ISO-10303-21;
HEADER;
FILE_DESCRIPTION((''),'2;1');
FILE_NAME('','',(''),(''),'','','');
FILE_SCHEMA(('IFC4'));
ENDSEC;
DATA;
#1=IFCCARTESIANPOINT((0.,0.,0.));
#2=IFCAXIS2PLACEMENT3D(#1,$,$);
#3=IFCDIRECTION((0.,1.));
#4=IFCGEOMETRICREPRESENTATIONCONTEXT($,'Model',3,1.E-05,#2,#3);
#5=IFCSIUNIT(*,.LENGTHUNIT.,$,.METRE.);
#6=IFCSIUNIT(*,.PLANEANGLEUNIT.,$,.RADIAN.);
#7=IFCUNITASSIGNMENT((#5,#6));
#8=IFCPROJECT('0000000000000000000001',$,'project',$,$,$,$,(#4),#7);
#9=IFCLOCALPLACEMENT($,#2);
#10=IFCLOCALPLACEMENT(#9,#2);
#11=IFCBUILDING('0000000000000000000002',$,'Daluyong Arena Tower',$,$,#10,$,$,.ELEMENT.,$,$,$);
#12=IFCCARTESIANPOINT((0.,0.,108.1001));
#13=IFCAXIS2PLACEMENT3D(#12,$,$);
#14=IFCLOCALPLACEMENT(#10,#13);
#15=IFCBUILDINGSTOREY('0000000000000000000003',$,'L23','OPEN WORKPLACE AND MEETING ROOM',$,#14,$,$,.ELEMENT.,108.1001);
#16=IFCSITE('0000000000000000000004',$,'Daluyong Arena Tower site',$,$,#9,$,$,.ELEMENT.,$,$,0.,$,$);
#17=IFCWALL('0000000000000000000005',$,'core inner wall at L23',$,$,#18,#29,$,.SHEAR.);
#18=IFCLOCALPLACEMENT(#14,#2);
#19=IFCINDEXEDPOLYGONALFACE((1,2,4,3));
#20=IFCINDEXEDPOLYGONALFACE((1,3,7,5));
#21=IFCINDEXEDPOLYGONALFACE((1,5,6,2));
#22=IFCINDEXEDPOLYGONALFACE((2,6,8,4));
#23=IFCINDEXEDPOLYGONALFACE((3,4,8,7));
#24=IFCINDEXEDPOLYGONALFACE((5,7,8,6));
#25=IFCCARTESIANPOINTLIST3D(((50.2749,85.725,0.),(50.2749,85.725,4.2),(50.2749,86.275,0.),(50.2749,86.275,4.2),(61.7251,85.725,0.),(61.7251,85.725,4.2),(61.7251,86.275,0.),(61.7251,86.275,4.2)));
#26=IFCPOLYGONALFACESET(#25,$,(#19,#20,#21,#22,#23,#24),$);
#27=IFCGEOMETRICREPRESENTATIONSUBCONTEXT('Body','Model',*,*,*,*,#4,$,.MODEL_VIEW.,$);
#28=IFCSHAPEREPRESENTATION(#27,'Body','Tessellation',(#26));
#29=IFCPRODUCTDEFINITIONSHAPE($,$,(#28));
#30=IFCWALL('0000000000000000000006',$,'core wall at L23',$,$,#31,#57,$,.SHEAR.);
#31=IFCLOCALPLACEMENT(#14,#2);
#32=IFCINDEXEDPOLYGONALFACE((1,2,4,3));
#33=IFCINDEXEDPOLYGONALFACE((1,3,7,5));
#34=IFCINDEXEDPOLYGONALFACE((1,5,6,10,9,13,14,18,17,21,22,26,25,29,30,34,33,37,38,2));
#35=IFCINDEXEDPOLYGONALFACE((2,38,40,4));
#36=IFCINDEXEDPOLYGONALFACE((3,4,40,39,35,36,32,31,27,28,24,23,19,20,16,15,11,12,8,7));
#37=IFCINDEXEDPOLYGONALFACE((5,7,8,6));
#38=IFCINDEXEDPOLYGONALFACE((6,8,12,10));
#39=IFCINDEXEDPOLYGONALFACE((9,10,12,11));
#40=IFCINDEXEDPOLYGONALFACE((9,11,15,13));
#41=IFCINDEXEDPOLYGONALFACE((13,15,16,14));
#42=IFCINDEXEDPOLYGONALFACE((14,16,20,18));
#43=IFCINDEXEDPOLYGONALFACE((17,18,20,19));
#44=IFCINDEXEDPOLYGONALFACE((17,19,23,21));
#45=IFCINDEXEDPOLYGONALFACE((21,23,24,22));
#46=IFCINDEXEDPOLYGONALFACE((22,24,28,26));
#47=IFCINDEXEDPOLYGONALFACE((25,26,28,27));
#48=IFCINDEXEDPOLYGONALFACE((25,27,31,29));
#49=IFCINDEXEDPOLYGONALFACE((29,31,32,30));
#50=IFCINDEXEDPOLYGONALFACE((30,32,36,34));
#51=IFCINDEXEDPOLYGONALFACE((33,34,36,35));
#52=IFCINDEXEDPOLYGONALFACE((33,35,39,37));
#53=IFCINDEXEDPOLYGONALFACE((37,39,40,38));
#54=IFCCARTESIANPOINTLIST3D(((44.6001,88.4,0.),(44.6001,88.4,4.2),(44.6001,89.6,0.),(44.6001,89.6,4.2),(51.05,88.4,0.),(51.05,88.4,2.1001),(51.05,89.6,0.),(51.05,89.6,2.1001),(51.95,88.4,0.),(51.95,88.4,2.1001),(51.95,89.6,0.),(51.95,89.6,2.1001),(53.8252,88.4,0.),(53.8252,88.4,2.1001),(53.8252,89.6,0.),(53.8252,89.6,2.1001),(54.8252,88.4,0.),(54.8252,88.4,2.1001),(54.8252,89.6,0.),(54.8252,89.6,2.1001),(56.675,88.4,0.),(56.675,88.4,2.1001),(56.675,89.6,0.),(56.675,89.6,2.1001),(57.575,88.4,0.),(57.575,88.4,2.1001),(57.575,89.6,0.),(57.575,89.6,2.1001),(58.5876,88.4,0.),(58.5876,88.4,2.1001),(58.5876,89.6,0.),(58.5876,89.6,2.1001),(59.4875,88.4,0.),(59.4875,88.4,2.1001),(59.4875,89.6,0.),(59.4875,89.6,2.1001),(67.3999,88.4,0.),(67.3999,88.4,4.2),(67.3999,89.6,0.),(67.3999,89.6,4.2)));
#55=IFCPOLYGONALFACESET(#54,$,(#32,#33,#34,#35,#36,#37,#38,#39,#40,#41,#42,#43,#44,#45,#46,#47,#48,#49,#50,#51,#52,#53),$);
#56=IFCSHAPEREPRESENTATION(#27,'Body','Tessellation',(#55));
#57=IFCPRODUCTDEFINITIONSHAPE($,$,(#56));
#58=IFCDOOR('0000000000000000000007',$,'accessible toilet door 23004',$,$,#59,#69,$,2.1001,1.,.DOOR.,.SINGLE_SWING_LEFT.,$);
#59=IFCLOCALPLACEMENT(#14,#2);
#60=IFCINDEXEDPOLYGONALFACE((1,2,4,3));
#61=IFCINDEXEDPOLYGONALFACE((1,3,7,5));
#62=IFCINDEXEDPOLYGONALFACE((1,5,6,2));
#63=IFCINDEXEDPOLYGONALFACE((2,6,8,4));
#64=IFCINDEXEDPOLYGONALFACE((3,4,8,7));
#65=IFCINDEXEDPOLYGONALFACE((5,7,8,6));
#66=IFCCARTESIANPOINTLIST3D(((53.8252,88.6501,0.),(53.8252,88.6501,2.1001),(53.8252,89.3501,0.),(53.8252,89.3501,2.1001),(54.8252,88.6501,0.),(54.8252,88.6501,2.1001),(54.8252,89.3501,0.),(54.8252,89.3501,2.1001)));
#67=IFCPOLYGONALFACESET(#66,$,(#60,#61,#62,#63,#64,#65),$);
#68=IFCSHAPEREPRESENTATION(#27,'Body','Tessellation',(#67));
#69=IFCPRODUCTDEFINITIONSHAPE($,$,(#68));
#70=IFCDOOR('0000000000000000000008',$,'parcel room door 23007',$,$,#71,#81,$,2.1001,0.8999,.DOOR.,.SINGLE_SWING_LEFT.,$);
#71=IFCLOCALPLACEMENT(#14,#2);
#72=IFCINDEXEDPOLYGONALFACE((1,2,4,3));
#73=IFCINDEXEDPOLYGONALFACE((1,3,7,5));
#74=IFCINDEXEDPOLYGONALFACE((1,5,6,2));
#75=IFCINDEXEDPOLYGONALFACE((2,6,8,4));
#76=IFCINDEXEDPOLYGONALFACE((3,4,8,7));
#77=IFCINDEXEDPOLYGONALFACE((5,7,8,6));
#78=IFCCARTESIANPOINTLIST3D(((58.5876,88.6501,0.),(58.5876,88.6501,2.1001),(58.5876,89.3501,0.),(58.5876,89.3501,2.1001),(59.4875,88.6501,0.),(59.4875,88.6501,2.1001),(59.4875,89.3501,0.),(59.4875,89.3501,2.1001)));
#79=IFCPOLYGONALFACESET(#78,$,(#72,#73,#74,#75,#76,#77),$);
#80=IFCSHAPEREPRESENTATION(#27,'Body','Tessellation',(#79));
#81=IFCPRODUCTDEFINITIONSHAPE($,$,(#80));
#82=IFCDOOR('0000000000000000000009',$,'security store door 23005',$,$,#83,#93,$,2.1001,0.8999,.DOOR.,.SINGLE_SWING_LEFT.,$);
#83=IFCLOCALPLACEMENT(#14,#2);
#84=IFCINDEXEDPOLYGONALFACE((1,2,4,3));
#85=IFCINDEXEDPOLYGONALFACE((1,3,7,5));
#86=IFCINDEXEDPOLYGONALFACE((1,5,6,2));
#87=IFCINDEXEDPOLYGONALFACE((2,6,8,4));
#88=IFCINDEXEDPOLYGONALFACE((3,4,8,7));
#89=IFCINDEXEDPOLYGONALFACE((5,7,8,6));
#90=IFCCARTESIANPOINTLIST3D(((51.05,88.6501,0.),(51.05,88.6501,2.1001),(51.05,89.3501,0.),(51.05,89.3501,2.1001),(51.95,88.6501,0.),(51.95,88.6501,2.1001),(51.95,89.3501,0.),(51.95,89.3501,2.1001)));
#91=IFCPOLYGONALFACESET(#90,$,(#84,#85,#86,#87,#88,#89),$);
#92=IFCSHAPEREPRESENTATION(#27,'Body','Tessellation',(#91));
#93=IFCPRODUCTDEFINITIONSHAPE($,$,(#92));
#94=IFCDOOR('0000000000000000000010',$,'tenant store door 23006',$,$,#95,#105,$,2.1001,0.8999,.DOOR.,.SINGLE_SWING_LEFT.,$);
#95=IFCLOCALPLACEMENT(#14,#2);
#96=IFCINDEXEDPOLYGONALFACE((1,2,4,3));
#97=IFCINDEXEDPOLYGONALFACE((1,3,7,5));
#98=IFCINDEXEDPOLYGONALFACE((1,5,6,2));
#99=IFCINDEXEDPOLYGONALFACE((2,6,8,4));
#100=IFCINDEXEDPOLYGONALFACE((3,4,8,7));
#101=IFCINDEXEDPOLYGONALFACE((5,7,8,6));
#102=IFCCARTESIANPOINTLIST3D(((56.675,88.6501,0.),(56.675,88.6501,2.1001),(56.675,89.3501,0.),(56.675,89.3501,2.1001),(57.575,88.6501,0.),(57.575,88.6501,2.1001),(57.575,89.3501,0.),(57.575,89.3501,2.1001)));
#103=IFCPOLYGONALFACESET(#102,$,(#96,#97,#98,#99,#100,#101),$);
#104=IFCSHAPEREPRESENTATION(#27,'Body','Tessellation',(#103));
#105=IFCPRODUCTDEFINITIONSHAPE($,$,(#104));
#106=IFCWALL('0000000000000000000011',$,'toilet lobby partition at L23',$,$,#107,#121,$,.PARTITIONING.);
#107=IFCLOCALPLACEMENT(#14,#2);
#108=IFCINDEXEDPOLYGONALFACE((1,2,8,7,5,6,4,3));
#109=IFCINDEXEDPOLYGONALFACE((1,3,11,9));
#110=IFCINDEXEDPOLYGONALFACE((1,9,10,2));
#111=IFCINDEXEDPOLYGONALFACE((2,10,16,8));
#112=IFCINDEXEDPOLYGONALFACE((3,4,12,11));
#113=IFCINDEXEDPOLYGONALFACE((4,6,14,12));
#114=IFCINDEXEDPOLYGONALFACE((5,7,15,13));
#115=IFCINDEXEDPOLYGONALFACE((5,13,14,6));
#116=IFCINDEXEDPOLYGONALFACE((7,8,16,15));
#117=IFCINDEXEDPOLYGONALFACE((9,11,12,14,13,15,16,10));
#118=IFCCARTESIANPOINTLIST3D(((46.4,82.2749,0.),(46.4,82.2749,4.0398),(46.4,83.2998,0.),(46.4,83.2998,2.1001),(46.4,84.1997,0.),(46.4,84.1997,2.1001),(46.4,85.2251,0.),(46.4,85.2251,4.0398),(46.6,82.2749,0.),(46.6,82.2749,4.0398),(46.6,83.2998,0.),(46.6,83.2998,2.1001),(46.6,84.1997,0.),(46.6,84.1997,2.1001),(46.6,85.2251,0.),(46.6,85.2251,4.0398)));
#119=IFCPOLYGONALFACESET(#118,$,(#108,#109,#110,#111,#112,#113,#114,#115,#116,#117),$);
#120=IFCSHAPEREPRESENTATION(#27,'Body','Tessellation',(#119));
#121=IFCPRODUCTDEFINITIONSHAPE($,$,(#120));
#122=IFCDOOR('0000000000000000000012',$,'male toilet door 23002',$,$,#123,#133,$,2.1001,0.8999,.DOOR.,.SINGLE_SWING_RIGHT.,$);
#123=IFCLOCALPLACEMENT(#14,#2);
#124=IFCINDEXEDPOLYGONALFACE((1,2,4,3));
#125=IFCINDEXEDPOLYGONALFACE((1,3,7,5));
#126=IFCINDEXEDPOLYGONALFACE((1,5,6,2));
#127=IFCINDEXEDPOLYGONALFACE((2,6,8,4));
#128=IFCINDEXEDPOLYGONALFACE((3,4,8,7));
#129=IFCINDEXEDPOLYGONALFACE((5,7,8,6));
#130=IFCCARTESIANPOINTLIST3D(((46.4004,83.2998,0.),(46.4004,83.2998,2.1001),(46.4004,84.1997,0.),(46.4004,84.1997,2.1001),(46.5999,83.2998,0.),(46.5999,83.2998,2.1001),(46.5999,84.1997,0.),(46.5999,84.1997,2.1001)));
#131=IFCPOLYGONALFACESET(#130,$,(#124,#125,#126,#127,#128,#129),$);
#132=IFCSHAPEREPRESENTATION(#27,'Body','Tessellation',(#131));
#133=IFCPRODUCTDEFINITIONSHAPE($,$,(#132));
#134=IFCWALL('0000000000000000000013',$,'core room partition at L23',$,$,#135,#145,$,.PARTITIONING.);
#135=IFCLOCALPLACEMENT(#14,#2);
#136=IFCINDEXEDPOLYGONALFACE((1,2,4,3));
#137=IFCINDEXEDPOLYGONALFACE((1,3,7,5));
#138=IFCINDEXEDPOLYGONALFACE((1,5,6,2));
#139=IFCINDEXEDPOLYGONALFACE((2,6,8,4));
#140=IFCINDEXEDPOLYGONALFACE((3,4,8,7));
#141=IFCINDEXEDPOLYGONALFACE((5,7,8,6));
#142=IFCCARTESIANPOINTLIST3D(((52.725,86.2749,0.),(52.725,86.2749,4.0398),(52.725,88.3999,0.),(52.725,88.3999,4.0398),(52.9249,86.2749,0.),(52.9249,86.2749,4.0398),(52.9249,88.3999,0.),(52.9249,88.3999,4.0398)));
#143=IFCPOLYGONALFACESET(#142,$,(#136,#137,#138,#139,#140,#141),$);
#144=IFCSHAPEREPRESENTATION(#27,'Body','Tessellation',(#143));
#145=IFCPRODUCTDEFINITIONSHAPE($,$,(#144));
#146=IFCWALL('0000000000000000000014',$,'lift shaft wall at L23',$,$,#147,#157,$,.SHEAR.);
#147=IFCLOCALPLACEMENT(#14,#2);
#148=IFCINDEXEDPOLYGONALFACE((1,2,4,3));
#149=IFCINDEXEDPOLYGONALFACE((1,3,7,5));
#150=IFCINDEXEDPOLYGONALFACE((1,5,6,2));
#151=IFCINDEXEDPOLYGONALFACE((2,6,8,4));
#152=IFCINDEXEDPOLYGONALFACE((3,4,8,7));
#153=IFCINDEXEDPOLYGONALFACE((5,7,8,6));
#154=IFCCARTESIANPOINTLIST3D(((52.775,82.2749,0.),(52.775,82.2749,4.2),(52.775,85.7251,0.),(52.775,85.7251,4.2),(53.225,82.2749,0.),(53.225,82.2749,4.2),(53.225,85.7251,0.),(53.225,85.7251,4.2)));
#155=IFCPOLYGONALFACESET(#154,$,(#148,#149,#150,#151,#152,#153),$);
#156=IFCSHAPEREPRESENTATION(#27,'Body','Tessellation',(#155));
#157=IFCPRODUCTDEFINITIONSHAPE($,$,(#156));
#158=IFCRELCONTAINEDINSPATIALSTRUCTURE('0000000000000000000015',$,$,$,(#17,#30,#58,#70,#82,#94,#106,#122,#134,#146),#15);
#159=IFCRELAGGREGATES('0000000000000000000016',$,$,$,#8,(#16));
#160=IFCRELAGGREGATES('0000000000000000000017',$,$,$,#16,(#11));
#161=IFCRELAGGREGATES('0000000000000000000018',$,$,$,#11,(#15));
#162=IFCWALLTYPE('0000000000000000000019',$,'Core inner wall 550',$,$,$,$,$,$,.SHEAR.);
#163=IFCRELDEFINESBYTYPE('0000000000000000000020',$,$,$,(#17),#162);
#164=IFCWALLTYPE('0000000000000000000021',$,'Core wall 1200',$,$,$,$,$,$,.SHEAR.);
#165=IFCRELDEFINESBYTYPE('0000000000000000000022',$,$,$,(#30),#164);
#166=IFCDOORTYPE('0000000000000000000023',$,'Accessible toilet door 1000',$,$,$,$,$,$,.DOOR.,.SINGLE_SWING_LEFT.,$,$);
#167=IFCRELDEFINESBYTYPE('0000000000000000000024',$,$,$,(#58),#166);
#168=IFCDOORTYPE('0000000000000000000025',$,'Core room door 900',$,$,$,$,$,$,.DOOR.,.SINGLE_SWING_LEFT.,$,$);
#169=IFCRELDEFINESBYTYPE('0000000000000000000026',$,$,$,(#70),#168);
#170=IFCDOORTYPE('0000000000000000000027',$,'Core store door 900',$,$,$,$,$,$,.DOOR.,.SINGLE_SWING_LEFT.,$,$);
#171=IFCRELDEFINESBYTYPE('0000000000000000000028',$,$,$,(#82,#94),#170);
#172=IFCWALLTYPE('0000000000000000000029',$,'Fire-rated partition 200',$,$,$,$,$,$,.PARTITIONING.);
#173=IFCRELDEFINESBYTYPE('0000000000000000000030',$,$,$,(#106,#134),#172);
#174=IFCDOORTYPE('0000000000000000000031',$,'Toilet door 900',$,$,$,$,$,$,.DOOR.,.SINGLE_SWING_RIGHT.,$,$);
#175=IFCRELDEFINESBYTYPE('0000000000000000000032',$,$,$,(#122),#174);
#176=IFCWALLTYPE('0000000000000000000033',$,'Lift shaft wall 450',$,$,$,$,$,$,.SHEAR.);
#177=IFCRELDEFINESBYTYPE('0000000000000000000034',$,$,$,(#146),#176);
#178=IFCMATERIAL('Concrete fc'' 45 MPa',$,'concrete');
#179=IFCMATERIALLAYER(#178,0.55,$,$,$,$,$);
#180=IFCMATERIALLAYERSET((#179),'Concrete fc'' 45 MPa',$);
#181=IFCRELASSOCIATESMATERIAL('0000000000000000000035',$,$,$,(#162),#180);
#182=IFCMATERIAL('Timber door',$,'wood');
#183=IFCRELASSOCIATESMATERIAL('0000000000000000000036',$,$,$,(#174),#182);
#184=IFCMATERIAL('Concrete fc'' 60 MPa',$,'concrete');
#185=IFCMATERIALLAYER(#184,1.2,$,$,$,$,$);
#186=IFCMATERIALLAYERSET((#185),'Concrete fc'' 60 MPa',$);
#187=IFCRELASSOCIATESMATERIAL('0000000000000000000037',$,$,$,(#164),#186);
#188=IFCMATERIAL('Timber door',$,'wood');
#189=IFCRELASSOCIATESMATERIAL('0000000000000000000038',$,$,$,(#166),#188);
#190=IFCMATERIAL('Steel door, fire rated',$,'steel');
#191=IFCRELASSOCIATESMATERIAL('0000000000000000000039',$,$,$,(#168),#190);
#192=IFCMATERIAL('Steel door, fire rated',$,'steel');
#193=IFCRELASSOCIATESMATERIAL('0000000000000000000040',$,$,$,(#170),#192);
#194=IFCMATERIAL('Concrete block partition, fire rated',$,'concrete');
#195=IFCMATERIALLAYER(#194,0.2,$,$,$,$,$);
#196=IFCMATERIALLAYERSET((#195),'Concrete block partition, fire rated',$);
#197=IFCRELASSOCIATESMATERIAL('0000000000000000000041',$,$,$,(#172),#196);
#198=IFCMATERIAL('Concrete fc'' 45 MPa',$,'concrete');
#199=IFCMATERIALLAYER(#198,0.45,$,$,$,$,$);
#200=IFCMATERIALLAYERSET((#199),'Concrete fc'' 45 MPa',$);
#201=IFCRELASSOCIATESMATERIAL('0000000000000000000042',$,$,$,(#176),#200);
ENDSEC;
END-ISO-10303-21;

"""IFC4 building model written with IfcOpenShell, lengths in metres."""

from ifc_helpers import new_model, si_unit, direction, frame, frame_2d, origin, place, context, subcontext, project, spatial, rectangle, extrude, material, layer, layer_set, type_object, element, fill, save


model = new_model("IFC4")

# Units and contexts
model_context = context("Model", 3, precision=1e-05, world=origin(), true_north=direction((0.0, 1.0)))
body_context = subcontext(model_context, "Body", "Model", "MODEL_VIEW")
ifc_project = project(units=[si_unit("LENGTHUNIT", "METRE"), si_unit("PLANEANGLEUNIT", "RADIAN")], contexts=[model_context])

# Site, building, storey
site_placement = place(None, origin())
site = spatial("IfcSite", under=ifc_project, at=site_placement, Name="Daluyong Arena Tower site", CompositionType="ELEMENT", RefElevation=0.0)
building_placement = place(site_placement, origin())
building = spatial("IfcBuilding", under=site, at=building_placement, Name="Daluyong Arena Tower", CompositionType="ELEMENT")
storey_placement = place(building_placement, frame((0.0, 0.0, 108.1001)))
storey = spatial("IfcBuildingStorey", under=building, at=storey_placement, Name="L23", Description="OPEN WORKPLACE AND MEETING ROOM", CompositionType="ELEMENT", Elevation=108.1001)

# Shared definitions
ifc_material_1 = material(Name="Concrete fc' 45 MPa", Category="concrete")
ifc_layer_1 = layer(ifc_material_1, 0.55)
ifc_layer_set_1 = layer_set([ifc_layer_1], Name="Concrete fc' 45 MPa")
wall_type_1 = type_object("IfcWallType", Name="Core inner wall 550", PredefinedType="SHEAR", material=ifc_layer_set_1)
ifc_material_2 = material(Name="Timber door", Category="wood")
door_type_1 = type_object("IfcDoorType", Name="Toilet door 900", OperationType="SINGLE_SWING_RIGHT", PredefinedType="DOOR", material=ifc_material_2)

# Wall
wall_1_placement = place(storey_placement, frame((50.2749, 86.0, 0.0), z_axis=(0.0, 0.0, 1.0), x_axis=(1.0, 0.0, 0.0)))
element("IfcWall", 1, at=wall_1_placement, inside=storey, type_object=wall_type_1, Name="core inner wall at L23", PredefinedType="SHEAR", context=body_context, shape_type="SweptSolid", body=[
    extrude(rectangle(XDim=11.4502, YDim=0.55, at=frame_2d((5.7251, 0.0))), origin(), (0.0, 0.0, 1.0), 4.2),
])

# Wall, openings, doors
ifc_material_3 = material(Name="Concrete fc' 60 MPa", Category="concrete")
ifc_layer_2 = layer(ifc_material_3, 1.2)
ifc_layer_set_2 = layer_set([ifc_layer_2], Name="Concrete fc' 60 MPa")
wall_type_2 = type_object("IfcWallType", Name="Core wall 1200", PredefinedType="SHEAR", material=ifc_layer_set_2)
wall_2_placement = place(storey_placement, frame((44.6001, 89.0, 0.0), z_axis=(0.0, 0.0, 1.0), x_axis=(1.0, 0.0, 0.0)))
wall_2 = element("IfcWall", 2, at=wall_2_placement, inside=storey, type_object=wall_type_2, Name="core wall at L23", PredefinedType="SHEAR", context=body_context, shape_type="SweptSolid", body=[
    extrude(rectangle(XDim=22.7998, YDim=1.2, at=frame_2d((11.3999, 0.0))), origin(), (0.0, 0.0, 1.0), 4.2),
])
opening_1_placement = place(wall_2_placement, frame((9.2251, 0.0, 0.0)))
opening_1 = element("IfcOpeningElement", 3, at=opening_1_placement, cuts=wall_2, PredefinedType="OPENING", context=body_context, shape_type="SweptSolid", body=[
    extrude(rectangle(XDim=1.0, YDim=2.1001, at=frame_2d((0.5, 1.05))), frame((0.0, 0.6099, 0.0), z_axis=(0.0, -1.0, 0.0), x_axis=(1.0, 0.0, 0.0)), (0.0, 0.0, 1.0), 1.22),
])
opening_2_placement = place(wall_2_placement, frame((6.45, 0.0, 0.0)))
opening_2 = element("IfcOpeningElement", 4, at=opening_2_placement, cuts=wall_2, PredefinedType="OPENING", context=body_context, shape_type="SweptSolid", body=[
    extrude(rectangle(XDim=0.8999, YDim=2.1001, at=frame_2d((0.45, 1.05))), frame((0.0, 0.6099, 0.0), z_axis=(0.0, -1.0, 0.0), x_axis=(1.0, 0.0, 0.0)), (0.0, 0.0, 1.0), 1.22),
])
opening_3_placement = place(wall_2_placement, frame((12.075, 0.0, 0.0)))
opening_3 = element("IfcOpeningElement", 5, at=opening_3_placement, cuts=wall_2, PredefinedType="OPENING", context=body_context, shape_type="SweptSolid", body=[
    extrude(rectangle(XDim=0.8999, YDim=2.1001, at=frame_2d((0.45, 1.05))), frame((0.0, 0.6099, 0.0), z_axis=(0.0, -1.0, 0.0), x_axis=(1.0, 0.0, 0.0)), (0.0, 0.0, 1.0), 1.22),
])
opening_4_placement = place(wall_2_placement, frame((13.9875, 0.0, 0.0)))
opening_4 = element("IfcOpeningElement", 6, at=opening_4_placement, cuts=wall_2, PredefinedType="OPENING", context=body_context, shape_type="SweptSolid", body=[
    extrude(rectangle(XDim=0.8999, YDim=2.1001, at=frame_2d((0.45, 1.05))), frame((0.0, 0.6099, 0.0), z_axis=(0.0, -1.0, 0.0), x_axis=(1.0, 0.0, 0.0)), (0.0, 0.0, 1.0), 1.22),
])
ifc_material_4 = material(Name="Timber door", Category="wood")
door_type_2 = type_object("IfcDoorType", Name="Accessible toilet door 1000", OperationType="SINGLE_SWING_LEFT", PredefinedType="DOOR", material=ifc_material_4)
door_1_placement = place(opening_1_placement, origin())
door_1 = element("IfcDoor", 7, at=door_1_placement, inside=storey, type_object=door_type_2, Name="accessible toilet door 23004", OperationType="SINGLE_SWING_LEFT", OverallHeight=2.1001, OverallWidth=1.0, PredefinedType="DOOR", context=body_context, shape_type="SweptSolid", body=[
    extrude(rectangle(XDim=1.0, YDim=2.1001, at=frame_2d((0.5, 1.05))), frame((0.0, 0.3501, 0.0), z_axis=(0.0, -1.0, 0.0), x_axis=(1.0, 0.0, 0.0)), (0.0, 0.0, 1.0), 0.7),
])
fill(opening_1, door_1)
ifc_material_5 = material(Name="Steel door, fire rated", Category="steel")
door_type_3 = type_object("IfcDoorType", Name="Core room door 900", OperationType="SINGLE_SWING_LEFT", PredefinedType="DOOR", material=ifc_material_5)
door_2_placement = place(opening_4_placement, origin())
door_2 = element("IfcDoor", 8, at=door_2_placement, inside=storey, type_object=door_type_3, Name="parcel room door 23007", OperationType="SINGLE_SWING_LEFT", OverallHeight=2.1001, OverallWidth=0.8999, PredefinedType="DOOR", context=body_context, shape_type="SweptSolid", body=[
    extrude(rectangle(XDim=0.8999, YDim=2.1001, at=frame_2d((0.45, 1.05))), frame((0.0, 0.3501, 0.0), z_axis=(0.0, -1.0, 0.0), x_axis=(1.0, 0.0, 0.0)), (0.0, 0.0, 1.0), 0.7),
])
fill(opening_4, door_2)
ifc_material_6 = material(Name="Steel door, fire rated", Category="steel")
door_type_4 = type_object("IfcDoorType", Name="Core store door 900", OperationType="SINGLE_SWING_LEFT", PredefinedType="DOOR", material=ifc_material_6)
door_3_placement = place(opening_2_placement, origin())
door_3 = element("IfcDoor", 9, at=door_3_placement, inside=storey, type_object=door_type_4, Name="security store door 23005", OperationType="SINGLE_SWING_LEFT", OverallHeight=2.1001, OverallWidth=0.8999, PredefinedType="DOOR", context=body_context, shape_type="SweptSolid", body=[
    extrude(rectangle(XDim=0.8999, YDim=2.1001, at=frame_2d((0.45, 1.05))), frame((0.0, 0.3501, 0.0), z_axis=(0.0, -1.0, 0.0), x_axis=(1.0, 0.0, 0.0)), (0.0, 0.0, 1.0), 0.7),
])
fill(opening_2, door_3)
door_4_placement = place(opening_3_placement, origin())
door_4 = element("IfcDoor", 10, at=door_4_placement, inside=storey, type_object=door_type_4, Name="tenant store door 23006", OperationType="SINGLE_SWING_LEFT", OverallHeight=2.1001, OverallWidth=0.8999, PredefinedType="DOOR", context=body_context, shape_type="SweptSolid", body=[
    extrude(rectangle(XDim=0.8999, YDim=2.1001, at=frame_2d((0.45, 1.05))), frame((0.0, 0.3501, 0.0), z_axis=(0.0, -1.0, 0.0), x_axis=(1.0, 0.0, 0.0)), (0.0, 0.0, 1.0), 0.7),
])
fill(opening_3, door_4)

# Wall, opening, door
ifc_material_7 = material(Name="Concrete block partition, fire rated", Category="concrete")
ifc_layer_3 = layer(ifc_material_7, 0.2)
ifc_layer_set_3 = layer_set([ifc_layer_3], Name="Concrete block partition, fire rated")
wall_type_3 = type_object("IfcWallType", Name="Fire-rated partition 200", PredefinedType="PARTITIONING", material=ifc_layer_set_3)
wall_3_placement = place(storey_placement, frame((46.5, 82.2749, 0.0), z_axis=(0.0, 0.0, 1.0), x_axis=(0.0, 1.0, 0.0)))
wall_3 = element("IfcWall", 11, at=wall_3_placement, inside=storey, type_object=wall_type_3, Name="toilet lobby partition at L23", PredefinedType="PARTITIONING", context=body_context, shape_type="SweptSolid", body=[
    extrude(rectangle(XDim=2.9502, YDim=0.2, at=frame_2d((1.4751, 0.0))), origin(), (0.0, 0.0, 1.0), 4.0398),
])
opening_5_placement = place(wall_3_placement, frame((1.0249, 0.0, 0.0)))
opening_5 = element("IfcOpeningElement", 12, at=opening_5_placement, cuts=wall_3, PredefinedType="OPENING", context=body_context, shape_type="SweptSolid", body=[
    extrude(rectangle(XDim=0.8999, YDim=2.1001, at=frame_2d((0.45, 1.05))), frame((0.0, 0.1099, 0.0), z_axis=(0.0, -1.0, 0.0), x_axis=(1.0, 0.0, 0.0)), (0.0, 0.0, 1.0), 0.22),
])
door_5_placement = place(opening_5_placement, origin())
door_5 = element("IfcDoor", 13, at=door_5_placement, inside=storey, type_object=door_type_1, Name="male toilet door 23002", OperationType="SINGLE_SWING_RIGHT", OverallHeight=2.1001, OverallWidth=0.8999, PredefinedType="DOOR", context=body_context, shape_type="SweptSolid", body=[
    extrude(rectangle(XDim=0.8999, YDim=2.1001, at=frame_2d((0.45, 1.05))), frame((0.0, 0.0996, 0.0), z_axis=(0.0, -1.0, 0.0), x_axis=(1.0, 0.0, 0.0)), (0.0, 0.0, 1.0), 0.1995),
])
fill(opening_5, door_5)

# Walls
wall_4_placement = place(storey_placement, frame((52.825, 86.2749, 0.0), z_axis=(0.0, 0.0, 1.0), x_axis=(0.0, 1.0, 0.0)))
element("IfcWall", 14, at=wall_4_placement, inside=storey, type_object=wall_type_3, Name="core room partition at L23", PredefinedType="PARTITIONING", context=body_context, shape_type="SweptSolid", body=[
    extrude(rectangle(XDim=2.125, YDim=0.2, at=frame_2d((1.0625, 0.0))), origin(), (0.0, 0.0, 1.0), 4.0398),
])
ifc_material_8 = material(Name="Concrete fc' 45 MPa", Category="concrete")
ifc_layer_4 = layer(ifc_material_8, 0.45)
ifc_layer_set_4 = layer_set([ifc_layer_4], Name="Concrete fc' 45 MPa")
wall_type_4 = type_object("IfcWallType", Name="Lift shaft wall 450", PredefinedType="SHEAR", material=ifc_layer_set_4)
wall_5_placement = place(storey_placement, frame((53.0, 82.2749, 0.0), z_axis=(0.0, 0.0, 1.0), x_axis=(0.0, 1.0, 0.0)))
element("IfcWall", 15, at=wall_5_placement, inside=storey, type_object=wall_type_4, Name="lift shaft wall at L23", PredefinedType="SHEAR", context=body_context, shape_type="SweptSolid", body=[
    extrude(rectangle(XDim=3.4502, YDim=0.45, at=frame_2d((1.7251, 0.0))), origin(), (0.0, 0.0, 1.0), 4.2),
])

save(model, "model.ifc")
